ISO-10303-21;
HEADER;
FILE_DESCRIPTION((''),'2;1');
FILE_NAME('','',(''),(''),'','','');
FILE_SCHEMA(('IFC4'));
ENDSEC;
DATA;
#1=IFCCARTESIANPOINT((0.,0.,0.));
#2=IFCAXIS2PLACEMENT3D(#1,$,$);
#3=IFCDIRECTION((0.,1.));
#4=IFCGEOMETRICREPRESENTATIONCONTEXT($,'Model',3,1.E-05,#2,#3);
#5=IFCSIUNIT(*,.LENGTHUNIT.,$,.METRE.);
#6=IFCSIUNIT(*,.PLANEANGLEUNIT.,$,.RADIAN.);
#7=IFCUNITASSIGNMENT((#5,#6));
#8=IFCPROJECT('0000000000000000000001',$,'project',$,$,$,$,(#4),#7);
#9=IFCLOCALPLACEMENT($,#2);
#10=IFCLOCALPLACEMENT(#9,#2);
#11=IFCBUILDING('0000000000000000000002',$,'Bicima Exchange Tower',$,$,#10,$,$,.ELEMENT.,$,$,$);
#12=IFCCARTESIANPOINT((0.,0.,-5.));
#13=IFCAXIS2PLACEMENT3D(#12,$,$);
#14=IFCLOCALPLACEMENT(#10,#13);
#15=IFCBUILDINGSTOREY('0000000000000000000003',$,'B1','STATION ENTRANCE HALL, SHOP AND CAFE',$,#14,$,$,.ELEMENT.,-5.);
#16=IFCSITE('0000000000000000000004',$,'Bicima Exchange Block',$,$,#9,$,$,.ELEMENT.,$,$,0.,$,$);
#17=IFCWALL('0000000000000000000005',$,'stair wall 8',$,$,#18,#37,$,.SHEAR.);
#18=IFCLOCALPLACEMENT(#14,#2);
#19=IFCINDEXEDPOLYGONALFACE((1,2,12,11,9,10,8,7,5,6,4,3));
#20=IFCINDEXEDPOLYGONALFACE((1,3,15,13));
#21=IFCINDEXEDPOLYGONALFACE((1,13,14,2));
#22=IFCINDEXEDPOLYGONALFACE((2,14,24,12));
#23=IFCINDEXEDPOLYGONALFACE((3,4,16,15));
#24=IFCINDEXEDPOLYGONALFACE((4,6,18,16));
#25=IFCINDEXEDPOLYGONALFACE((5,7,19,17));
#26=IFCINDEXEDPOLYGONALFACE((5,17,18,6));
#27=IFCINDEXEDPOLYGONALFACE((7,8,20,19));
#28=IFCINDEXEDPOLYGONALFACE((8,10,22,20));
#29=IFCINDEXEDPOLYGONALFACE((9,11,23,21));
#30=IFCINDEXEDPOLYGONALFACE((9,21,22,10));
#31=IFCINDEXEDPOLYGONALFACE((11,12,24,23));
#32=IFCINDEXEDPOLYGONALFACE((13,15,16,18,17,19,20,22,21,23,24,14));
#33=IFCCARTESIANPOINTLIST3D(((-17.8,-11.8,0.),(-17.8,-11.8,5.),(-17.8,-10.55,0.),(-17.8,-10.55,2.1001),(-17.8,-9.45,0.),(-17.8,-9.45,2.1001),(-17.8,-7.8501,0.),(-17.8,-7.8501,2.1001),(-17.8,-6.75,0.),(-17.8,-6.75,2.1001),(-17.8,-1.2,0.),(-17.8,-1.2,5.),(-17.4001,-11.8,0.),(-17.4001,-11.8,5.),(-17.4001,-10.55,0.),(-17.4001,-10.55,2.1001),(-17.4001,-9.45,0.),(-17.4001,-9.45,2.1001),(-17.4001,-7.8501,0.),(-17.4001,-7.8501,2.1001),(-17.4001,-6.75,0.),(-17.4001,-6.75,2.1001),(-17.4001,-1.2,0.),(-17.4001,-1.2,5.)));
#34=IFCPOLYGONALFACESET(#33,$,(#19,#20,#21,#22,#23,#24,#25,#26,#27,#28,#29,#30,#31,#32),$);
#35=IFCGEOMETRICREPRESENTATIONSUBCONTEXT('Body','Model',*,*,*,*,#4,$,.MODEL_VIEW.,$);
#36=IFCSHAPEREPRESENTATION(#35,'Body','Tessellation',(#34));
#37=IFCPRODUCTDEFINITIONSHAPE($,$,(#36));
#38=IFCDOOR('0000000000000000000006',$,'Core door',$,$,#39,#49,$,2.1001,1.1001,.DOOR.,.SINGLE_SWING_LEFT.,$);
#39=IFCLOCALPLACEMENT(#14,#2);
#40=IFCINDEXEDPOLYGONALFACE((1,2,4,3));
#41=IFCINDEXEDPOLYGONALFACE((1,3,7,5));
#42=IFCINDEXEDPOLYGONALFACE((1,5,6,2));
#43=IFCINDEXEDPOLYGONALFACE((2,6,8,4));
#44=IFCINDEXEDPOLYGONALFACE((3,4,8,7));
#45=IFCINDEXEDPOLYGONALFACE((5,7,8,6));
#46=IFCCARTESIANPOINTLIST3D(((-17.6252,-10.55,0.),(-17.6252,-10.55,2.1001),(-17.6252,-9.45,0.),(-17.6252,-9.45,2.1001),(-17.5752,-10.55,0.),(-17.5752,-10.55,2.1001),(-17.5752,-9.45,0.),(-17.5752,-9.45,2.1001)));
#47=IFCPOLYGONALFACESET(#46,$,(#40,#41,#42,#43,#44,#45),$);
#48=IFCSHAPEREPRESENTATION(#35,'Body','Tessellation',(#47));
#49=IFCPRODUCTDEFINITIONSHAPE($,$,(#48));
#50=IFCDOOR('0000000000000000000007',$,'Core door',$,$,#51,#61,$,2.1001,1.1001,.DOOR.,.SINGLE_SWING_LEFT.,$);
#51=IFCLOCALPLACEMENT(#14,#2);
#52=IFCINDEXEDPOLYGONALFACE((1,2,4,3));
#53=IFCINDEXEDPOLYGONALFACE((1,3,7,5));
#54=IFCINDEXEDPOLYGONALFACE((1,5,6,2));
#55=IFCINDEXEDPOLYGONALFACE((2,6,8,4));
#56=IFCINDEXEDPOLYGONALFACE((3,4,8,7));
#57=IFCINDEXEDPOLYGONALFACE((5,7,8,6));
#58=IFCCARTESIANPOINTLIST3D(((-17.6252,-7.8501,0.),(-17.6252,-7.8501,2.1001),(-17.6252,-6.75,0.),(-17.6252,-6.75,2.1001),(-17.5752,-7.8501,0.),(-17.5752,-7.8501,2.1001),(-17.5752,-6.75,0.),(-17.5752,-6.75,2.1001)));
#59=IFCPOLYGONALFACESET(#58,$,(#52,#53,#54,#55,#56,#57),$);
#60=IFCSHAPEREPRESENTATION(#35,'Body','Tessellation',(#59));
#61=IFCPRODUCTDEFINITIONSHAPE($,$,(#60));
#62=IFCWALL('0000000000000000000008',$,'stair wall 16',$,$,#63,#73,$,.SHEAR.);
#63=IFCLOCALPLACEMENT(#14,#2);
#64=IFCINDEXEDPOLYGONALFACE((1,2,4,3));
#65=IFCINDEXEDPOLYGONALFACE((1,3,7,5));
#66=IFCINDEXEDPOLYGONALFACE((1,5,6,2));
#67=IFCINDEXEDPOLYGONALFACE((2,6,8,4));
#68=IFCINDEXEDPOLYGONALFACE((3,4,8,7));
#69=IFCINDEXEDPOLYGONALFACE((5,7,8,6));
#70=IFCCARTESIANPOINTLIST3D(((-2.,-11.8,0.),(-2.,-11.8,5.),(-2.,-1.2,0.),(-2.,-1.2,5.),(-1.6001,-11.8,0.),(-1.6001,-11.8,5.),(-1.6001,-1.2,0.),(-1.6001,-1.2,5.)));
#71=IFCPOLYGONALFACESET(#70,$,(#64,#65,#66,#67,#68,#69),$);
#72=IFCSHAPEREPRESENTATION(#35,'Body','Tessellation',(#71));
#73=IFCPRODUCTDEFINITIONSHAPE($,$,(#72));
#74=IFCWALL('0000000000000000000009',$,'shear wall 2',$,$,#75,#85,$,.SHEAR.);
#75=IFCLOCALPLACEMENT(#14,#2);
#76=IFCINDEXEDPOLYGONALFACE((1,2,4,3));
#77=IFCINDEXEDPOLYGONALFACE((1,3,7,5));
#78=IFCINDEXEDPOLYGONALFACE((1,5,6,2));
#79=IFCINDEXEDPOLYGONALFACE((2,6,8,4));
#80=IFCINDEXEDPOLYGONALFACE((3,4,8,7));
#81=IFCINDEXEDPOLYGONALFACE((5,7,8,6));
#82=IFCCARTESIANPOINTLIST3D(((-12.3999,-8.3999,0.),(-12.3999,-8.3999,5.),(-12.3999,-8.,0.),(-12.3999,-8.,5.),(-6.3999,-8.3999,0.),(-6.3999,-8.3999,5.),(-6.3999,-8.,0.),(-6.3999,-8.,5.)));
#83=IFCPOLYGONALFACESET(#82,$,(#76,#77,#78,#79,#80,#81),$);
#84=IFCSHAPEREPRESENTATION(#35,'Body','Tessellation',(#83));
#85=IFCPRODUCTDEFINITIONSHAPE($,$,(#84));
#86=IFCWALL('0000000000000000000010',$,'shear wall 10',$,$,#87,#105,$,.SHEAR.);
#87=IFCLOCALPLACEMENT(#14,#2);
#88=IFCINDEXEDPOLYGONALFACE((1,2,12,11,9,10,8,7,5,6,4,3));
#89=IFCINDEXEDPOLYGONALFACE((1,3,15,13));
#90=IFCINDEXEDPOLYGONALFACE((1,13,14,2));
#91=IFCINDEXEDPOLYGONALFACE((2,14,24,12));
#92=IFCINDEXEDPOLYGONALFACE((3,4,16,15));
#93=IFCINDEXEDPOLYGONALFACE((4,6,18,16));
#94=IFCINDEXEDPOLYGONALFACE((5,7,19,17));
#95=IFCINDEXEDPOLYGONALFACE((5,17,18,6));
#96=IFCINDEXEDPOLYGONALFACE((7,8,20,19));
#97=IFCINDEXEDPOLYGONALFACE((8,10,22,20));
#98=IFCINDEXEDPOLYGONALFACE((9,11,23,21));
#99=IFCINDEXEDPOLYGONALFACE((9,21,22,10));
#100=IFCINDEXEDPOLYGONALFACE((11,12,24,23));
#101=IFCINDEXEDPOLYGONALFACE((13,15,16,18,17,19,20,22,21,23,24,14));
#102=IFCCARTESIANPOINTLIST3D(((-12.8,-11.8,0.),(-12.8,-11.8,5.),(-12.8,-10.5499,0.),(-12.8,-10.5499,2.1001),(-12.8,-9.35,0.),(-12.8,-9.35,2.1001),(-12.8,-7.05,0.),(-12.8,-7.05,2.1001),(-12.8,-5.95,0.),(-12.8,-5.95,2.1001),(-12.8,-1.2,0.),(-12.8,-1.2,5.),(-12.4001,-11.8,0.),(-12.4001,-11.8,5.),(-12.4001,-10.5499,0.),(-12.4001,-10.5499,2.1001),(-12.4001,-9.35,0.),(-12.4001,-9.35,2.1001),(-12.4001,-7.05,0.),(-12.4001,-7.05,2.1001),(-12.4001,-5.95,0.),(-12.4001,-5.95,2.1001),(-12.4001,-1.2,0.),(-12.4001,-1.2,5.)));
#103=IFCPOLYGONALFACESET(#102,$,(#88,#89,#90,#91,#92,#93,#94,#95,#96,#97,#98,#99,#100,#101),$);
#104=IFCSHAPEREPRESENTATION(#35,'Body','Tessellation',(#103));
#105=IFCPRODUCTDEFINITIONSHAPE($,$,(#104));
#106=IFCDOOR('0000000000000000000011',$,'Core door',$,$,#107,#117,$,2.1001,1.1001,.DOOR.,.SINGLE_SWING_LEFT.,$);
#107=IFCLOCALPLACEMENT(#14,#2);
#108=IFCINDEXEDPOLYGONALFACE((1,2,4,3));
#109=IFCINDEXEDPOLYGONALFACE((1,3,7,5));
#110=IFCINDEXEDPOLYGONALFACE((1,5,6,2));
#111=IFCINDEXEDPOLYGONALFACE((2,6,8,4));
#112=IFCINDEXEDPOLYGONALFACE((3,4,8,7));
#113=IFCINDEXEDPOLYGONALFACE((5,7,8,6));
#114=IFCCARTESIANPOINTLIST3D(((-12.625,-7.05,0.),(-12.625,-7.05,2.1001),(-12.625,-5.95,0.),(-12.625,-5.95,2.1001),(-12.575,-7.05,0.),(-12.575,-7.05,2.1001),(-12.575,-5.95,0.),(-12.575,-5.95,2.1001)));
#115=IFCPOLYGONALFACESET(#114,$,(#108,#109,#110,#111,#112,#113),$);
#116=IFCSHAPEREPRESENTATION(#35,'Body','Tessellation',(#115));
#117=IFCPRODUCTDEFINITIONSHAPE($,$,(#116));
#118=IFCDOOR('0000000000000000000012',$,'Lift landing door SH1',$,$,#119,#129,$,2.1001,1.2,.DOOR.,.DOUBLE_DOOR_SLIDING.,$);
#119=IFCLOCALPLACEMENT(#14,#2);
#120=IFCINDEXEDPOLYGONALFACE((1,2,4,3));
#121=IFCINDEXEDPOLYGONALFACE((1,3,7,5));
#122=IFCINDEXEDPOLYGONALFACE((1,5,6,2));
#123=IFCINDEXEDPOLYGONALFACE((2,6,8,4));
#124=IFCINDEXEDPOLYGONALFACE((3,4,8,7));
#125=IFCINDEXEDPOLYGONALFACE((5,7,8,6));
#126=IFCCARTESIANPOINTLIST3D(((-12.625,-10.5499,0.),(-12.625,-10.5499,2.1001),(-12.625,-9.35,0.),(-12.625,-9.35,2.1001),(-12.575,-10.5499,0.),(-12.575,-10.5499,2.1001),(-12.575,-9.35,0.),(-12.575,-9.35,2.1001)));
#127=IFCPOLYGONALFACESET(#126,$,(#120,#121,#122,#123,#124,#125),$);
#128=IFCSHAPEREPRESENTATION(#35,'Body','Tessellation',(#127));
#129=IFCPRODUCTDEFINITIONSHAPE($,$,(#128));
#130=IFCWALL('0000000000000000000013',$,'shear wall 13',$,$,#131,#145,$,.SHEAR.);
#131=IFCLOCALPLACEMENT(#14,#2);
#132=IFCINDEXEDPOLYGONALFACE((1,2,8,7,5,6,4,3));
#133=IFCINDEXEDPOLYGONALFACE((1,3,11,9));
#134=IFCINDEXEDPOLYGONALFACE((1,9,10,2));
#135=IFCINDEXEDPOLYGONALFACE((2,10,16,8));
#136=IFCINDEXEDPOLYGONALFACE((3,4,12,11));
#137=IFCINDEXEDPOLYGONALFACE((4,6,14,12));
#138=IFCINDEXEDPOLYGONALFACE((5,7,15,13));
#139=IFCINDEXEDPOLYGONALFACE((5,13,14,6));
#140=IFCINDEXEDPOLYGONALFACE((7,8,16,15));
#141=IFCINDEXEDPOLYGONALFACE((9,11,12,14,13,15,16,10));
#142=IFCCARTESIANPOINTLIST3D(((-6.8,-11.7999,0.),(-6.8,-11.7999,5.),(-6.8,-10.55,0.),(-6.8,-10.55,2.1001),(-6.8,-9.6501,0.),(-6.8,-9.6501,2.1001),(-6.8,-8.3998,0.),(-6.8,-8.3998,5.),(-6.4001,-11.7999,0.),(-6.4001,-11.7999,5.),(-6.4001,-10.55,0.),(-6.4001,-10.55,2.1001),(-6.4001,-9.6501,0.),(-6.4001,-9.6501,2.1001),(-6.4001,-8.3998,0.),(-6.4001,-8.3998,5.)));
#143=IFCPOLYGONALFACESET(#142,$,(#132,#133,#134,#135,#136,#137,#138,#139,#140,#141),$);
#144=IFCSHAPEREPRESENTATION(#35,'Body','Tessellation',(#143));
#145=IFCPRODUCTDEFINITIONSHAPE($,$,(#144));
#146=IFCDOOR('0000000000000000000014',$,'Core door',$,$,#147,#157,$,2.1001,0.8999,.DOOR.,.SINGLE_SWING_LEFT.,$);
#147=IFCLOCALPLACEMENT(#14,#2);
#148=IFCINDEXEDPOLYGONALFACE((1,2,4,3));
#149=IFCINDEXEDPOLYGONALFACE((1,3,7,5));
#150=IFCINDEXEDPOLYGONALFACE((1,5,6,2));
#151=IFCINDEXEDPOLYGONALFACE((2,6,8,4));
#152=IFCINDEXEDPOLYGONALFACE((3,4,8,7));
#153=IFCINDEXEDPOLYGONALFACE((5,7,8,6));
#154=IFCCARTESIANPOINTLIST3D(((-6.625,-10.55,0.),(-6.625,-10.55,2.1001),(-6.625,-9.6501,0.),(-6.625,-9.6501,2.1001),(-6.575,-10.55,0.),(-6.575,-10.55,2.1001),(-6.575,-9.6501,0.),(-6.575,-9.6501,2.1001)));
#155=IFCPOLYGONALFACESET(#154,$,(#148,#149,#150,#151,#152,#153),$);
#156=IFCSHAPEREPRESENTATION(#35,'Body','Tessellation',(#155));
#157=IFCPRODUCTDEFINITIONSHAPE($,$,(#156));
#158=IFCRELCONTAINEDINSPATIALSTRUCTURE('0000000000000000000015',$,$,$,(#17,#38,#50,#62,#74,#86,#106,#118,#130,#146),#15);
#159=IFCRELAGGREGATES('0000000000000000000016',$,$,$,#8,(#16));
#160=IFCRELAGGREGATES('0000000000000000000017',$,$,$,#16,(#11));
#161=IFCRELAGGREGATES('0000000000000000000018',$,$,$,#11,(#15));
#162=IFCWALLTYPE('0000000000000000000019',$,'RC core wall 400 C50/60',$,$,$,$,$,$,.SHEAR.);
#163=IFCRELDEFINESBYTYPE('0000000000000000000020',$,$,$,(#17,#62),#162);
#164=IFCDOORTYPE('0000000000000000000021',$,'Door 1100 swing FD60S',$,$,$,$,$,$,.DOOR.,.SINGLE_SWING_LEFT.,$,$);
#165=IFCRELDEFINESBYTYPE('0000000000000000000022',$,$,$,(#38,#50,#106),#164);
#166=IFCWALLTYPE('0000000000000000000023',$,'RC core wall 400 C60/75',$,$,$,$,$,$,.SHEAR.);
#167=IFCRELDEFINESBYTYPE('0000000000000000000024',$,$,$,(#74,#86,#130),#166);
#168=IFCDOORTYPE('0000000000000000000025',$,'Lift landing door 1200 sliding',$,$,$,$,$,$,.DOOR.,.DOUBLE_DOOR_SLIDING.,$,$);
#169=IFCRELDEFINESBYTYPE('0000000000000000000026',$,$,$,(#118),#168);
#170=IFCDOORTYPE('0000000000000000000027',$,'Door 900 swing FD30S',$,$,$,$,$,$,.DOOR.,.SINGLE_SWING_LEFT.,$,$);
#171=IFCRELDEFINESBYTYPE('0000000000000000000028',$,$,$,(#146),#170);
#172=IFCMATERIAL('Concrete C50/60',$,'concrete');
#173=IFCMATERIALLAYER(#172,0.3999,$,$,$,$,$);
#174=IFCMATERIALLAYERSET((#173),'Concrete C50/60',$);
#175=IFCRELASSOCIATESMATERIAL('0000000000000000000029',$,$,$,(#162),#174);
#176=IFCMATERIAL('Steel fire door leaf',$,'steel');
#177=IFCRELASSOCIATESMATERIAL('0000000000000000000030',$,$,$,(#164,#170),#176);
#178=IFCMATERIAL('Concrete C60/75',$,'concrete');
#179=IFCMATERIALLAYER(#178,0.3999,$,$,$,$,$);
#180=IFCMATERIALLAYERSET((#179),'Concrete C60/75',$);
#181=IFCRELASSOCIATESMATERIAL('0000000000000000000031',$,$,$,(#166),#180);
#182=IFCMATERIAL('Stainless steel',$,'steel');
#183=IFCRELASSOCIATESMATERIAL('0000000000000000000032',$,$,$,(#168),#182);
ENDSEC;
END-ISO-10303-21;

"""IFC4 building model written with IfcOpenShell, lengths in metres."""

from ifc_helpers import new_model, si_unit, direction, frame, frame_2d, origin, place, context, subcontext, project, spatial, rectangle, extrude, material, layer, layer_set, type_object, element, fill, save


model = new_model("IFC4")

# Units and contexts
model_context = context("Model", 3, precision=1e-05, world=origin(), true_north=direction((0.0, 1.0)))
body_context = subcontext(model_context, "Body", "Model", "MODEL_VIEW")
ifc_project = project(units=[si_unit("LENGTHUNIT", "METRE"), si_unit("PLANEANGLEUNIT", "RADIAN")], contexts=[model_context])

# Site, building, storey
site_placement = place(None, origin())
site = spatial("IfcSite", under=ifc_project, at=site_placement, Name="Bicima Exchange Block", CompositionType="ELEMENT", RefElevation=0.0)
building_placement = place(site_placement, origin())
building = spatial("IfcBuilding", under=site, at=building_placement, Name="Bicima Exchange Tower", CompositionType="ELEMENT")
storey_placement = place(building_placement, frame((0.0, 0.0, -5.0)))
storey = spatial("IfcBuildingStorey", under=building, at=storey_placement, Name="B1", Description="STATION ENTRANCE HALL, SHOP AND CAFE", CompositionType="ELEMENT", Elevation=-5.0)

# Shared definitions
ifc_material_1 = material(Name="Concrete C60/75", Category="concrete")

# Shared definitions
ifc_material_2 = material(Name="Concrete C50/60", Category="concrete")
ifc_material_3 = material(Name="Steel fire door leaf", Category="steel")
ifc_layer_1 = layer(ifc_material_2, 0.3999)
ifc_layer_set_1 = layer_set([ifc_layer_1], Name="Concrete C50/60")
wall_type_1 = type_object("IfcWallType", Name="RC core wall 400 C50/60", PredefinedType="SHEAR", material=ifc_layer_set_1)

# Wall, openings, doors
wall_1_placement = place(storey_placement, frame((-17.6001, -11.8, 0.0), z_axis=(0.0, 0.0, 1.0), x_axis=(0.0, 1.0, 0.0)))
wall_1 = element("IfcWall", 1, at=wall_1_placement, inside=storey, type_object=wall_type_1, Name="stair wall 8", PredefinedType="SHEAR", context=body_context, shape_type="SweptSolid", body=[
    extrude(rectangle(XDim=10.6001, YDim=0.3999, at=frame_2d((5.3, 0.0))), origin(), (0.0, 0.0, 1.0), 5.0),
])
opening_1_placement = place(wall_1_placement, frame((1.25, 0.0, 0.0)))
opening_1 = element("IfcOpeningElement", 2, at=opening_1_placement, cuts=wall_1, PredefinedType="OPENING", context=body_context, shape_type="SweptSolid", body=[
    extrude(rectangle(XDim=1.1001, YDim=2.1001, at=frame_2d((0.55, 1.05))), frame((0.0, 0.2119, 0.0), z_axis=(0.0, -1.0, 0.0), x_axis=(1.0, 0.0, 0.0)), (0.0, 0.0, 1.0), 0.4238),
])
opening_2_placement = place(wall_1_placement, frame((3.95, 0.0, 0.0)))
opening_2 = element("IfcOpeningElement", 3, at=opening_2_placement, cuts=wall_1, PredefinedType="OPENING", context=body_context, shape_type="SweptSolid", body=[
    extrude(rectangle(XDim=1.1001, YDim=2.1001, at=frame_2d((0.55, 1.05))), frame((0.0, 0.2119, 0.0), z_axis=(0.0, -1.0, 0.0), x_axis=(1.0, 0.0, 0.0)), (0.0, 0.0, 1.0), 0.4238),
])
door_type_1 = type_object("IfcDoorType", Name="Door 1100 swing FD60S", OperationType="SINGLE_SWING_LEFT", PredefinedType="DOOR", material=ifc_material_3)
door_1_placement = place(opening_1_placement, frame((1.1001, 0.0, 0.0), z_axis=(0.0, 0.0, 1.0), x_axis=(-1.0, 0.0, 0.0)))
door_1 = element("IfcDoor", 4, at=door_1_placement, inside=storey, type_object=door_type_1, Name="Core door", OperationType="SINGLE_SWING_LEFT", OverallHeight=2.1001, OverallWidth=1.1001, PredefinedType="DOOR", context=body_context, shape_type="SweptSolid", body=[
    extrude(rectangle(XDim=1.1001, YDim=2.1001, at=frame_2d((0.55, 1.05))), frame((0.0, 0.0249, 0.0), z_axis=(0.0, -1.0, 0.0), x_axis=(1.0, 0.0, 0.0)), (0.0, 0.0, 1.0), 0.05),
])
fill(opening_1, door_1)
door_2_placement = place(opening_2_placement, frame((1.1001, 0.0, 0.0), z_axis=(0.0, 0.0, 1.0), x_axis=(-1.0, 0.0, 0.0)))
door_2 = element("IfcDoor", 5, at=door_2_placement, inside=storey, type_object=door_type_1, Name="Core door", OperationType="SINGLE_SWING_LEFT", OverallHeight=2.1001, OverallWidth=1.1001, PredefinedType="DOOR", context=body_context, shape_type="SweptSolid", body=[
    extrude(rectangle(XDim=1.1001, YDim=2.1001, at=frame_2d((0.55, 1.05))), frame((0.0, 0.0249, 0.0), z_axis=(0.0, -1.0, 0.0), x_axis=(1.0, 0.0, 0.0)), (0.0, 0.0, 1.0), 0.05),
])
fill(opening_2, door_2)

# Walls
wall_2_placement = place(storey_placement, frame((-1.8, -11.8, 0.0), z_axis=(0.0, 0.0, 1.0), x_axis=(0.0, 1.0, 0.0)))
element("IfcWall", 6, at=wall_2_placement, inside=storey, type_object=wall_type_1, Name="stair wall 16", PredefinedType="SHEAR", context=body_context, shape_type="SweptSolid", body=[
    extrude(rectangle(XDim=10.6001, YDim=0.3999, at=frame_2d((5.3, 0.0))), origin(), (0.0, 0.0, 1.0), 5.0),
])
ifc_layer_2 = layer(ifc_material_1, 0.3999)
ifc_layer_set_2 = layer_set([ifc_layer_2], Name="Concrete C60/75")
wall_type_2 = type_object("IfcWallType", Name="RC core wall 400 C60/75", PredefinedType="SHEAR", material=ifc_layer_set_2)
wall_3_placement = place(storey_placement, frame((-12.3999, -8.2, 0.0), z_axis=(0.0, 0.0, 1.0), x_axis=(1.0, 0.0, 0.0)))
element("IfcWall", 7, at=wall_3_placement, inside=storey, type_object=wall_type_2, Name="shear wall 2", PredefinedType="SHEAR", context=body_context, shape_type="SweptSolid", body=[
    extrude(rectangle(XDim=6.0, YDim=0.3999, at=frame_2d((3.0, 0.0))), origin(), (0.0, 0.0, 1.0), 5.0),
])

# Wall, openings, doors
wall_4_placement = place(storey_placement, frame((-12.6001, -11.8, 0.0), z_axis=(0.0, 0.0, 1.0), x_axis=(0.0, 1.0, 0.0)))
wall_4 = element("IfcWall", 8, at=wall_4_placement, inside=storey, type_object=wall_type_2, Name="shear wall 10", PredefinedType="SHEAR", context=body_context, shape_type="SweptSolid", body=[
    extrude(rectangle(XDim=10.6001, YDim=0.3999, at=frame_2d((5.3, 0.0))), origin(), (0.0, 0.0, 1.0), 5.0),
])
opening_3_placement = place(wall_4_placement, frame((1.25, 0.0, 0.0)))
opening_3 = element("IfcOpeningElement", 9, at=opening_3_placement, cuts=wall_4, PredefinedType="OPENING", context=body_context, shape_type="SweptSolid", body=[
    extrude(rectangle(XDim=1.2, YDim=2.1001, at=frame_2d((0.6001, 1.05))), frame((0.0, 0.2119, 0.0), z_axis=(0.0, -1.0, 0.0), x_axis=(1.0, 0.0, 0.0)), (0.0, 0.0, 1.0), 0.4238),
])
opening_4_placement = place(wall_4_placement, frame((4.75, 0.0, 0.0)))
opening_4 = element("IfcOpeningElement", 10, at=opening_4_placement, cuts=wall_4, PredefinedType="OPENING", context=body_context, shape_type="SweptSolid", body=[
    extrude(rectangle(XDim=1.1001, YDim=2.1001, at=frame_2d((0.55, 1.05))), frame((0.0, 0.2119, 0.0), z_axis=(0.0, -1.0, 0.0), x_axis=(1.0, 0.0, 0.0)), (0.0, 0.0, 1.0), 0.4238),
])
door_3_placement = place(opening_4_placement, origin())
door_3 = element("IfcDoor", 11, at=door_3_placement, inside=storey, type_object=door_type_1, Name="Core door", OperationType="SINGLE_SWING_LEFT", OverallHeight=2.1001, OverallWidth=1.1001, PredefinedType="DOOR", context=body_context, shape_type="SweptSolid", body=[
    extrude(rectangle(XDim=1.1001, YDim=2.1001, at=frame_2d((0.55, 1.05))), frame((0.0, 0.0249, 0.0), z_axis=(0.0, -1.0, 0.0), x_axis=(1.0, 0.0, 0.0)), (0.0, 0.0, 1.0), 0.05),
])
fill(opening_4, door_3)
ifc_material_4 = material(Name="Stainless steel", Category="steel")
door_type_2 = type_object("IfcDoorType", Name="Lift landing door 1200 sliding", OperationType="DOUBLE_DOOR_SLIDING", PredefinedType="DOOR", material=ifc_material_4)
door_4_placement = place(opening_3_placement, origin())
door_4 = element("IfcDoor", 12, at=door_4_placement, inside=storey, type_object=door_type_2, Name="Lift landing door SH1", OperationType="DOUBLE_DOOR_SLIDING", OverallHeight=2.1001, OverallWidth=1.2, PredefinedType="DOOR", context=body_context, shape_type="SweptSolid", body=[
    extrude(rectangle(XDim=1.2, YDim=2.1001, at=frame_2d((0.6001, 1.05))), frame((0.0, 0.0249, 0.0), z_axis=(0.0, -1.0, 0.0), x_axis=(1.0, 0.0, 0.0)), (0.0, 0.0, 1.0), 0.05),
])
fill(opening_3, door_4)

# Wall, opening, door
wall_5_placement = place(storey_placement, frame((-6.6001, -11.8, 0.0), z_axis=(0.0, 0.0, 1.0), x_axis=(0.0, 1.0, 0.0)))
wall_5 = element("IfcWall", 13, at=wall_5_placement, inside=storey, type_object=wall_type_2, Name="shear wall 13", PredefinedType="SHEAR", context=body_context, shape_type="SweptSolid", body=[
    extrude(rectangle(XDim=3.4001, YDim=0.3999, at=frame_2d((1.7002, 0.0))), origin(), (0.0, 0.0, 1.0), 5.0),
])
opening_5_placement = place(wall_5_placement, frame((1.25, 0.0, 0.0)))
opening_5 = element("IfcOpeningElement", 14, at=opening_5_placement, cuts=wall_5, PredefinedType="OPENING", context=body_context, shape_type="SweptSolid", body=[
    extrude(rectangle(XDim=0.8999, YDim=2.1001, at=frame_2d((0.45, 1.05))), frame((0.0, 0.2119, 0.0), z_axis=(0.0, -1.0, 0.0), x_axis=(1.0, 0.0, 0.0)), (0.0, 0.0, 1.0), 0.4238),
])
door_type_3 = type_object("IfcDoorType", Name="Door 900 swing FD30S", OperationType="SINGLE_SWING_LEFT", PredefinedType="DOOR", material=ifc_material_3)
door_5_placement = place(opening_5_placement, origin())
door_5 = element("IfcDoor", 15, at=door_5_placement, inside=storey, type_object=door_type_3, Name="Core door", OperationType="SINGLE_SWING_LEFT", OverallHeight=2.1001, OverallWidth=0.8999, PredefinedType="DOOR", context=body_context, shape_type="SweptSolid", body=[
    extrude(rectangle(XDim=0.8999, YDim=2.1001, at=frame_2d((0.45, 1.05))), frame((0.0, 0.0249, 0.0), z_axis=(0.0, -1.0, 0.0), x_axis=(1.0, 0.0, 0.0)), (0.0, 0.0, 1.0), 0.05),
])
fill(opening_5, door_5)

save(model, "model.ifc")
